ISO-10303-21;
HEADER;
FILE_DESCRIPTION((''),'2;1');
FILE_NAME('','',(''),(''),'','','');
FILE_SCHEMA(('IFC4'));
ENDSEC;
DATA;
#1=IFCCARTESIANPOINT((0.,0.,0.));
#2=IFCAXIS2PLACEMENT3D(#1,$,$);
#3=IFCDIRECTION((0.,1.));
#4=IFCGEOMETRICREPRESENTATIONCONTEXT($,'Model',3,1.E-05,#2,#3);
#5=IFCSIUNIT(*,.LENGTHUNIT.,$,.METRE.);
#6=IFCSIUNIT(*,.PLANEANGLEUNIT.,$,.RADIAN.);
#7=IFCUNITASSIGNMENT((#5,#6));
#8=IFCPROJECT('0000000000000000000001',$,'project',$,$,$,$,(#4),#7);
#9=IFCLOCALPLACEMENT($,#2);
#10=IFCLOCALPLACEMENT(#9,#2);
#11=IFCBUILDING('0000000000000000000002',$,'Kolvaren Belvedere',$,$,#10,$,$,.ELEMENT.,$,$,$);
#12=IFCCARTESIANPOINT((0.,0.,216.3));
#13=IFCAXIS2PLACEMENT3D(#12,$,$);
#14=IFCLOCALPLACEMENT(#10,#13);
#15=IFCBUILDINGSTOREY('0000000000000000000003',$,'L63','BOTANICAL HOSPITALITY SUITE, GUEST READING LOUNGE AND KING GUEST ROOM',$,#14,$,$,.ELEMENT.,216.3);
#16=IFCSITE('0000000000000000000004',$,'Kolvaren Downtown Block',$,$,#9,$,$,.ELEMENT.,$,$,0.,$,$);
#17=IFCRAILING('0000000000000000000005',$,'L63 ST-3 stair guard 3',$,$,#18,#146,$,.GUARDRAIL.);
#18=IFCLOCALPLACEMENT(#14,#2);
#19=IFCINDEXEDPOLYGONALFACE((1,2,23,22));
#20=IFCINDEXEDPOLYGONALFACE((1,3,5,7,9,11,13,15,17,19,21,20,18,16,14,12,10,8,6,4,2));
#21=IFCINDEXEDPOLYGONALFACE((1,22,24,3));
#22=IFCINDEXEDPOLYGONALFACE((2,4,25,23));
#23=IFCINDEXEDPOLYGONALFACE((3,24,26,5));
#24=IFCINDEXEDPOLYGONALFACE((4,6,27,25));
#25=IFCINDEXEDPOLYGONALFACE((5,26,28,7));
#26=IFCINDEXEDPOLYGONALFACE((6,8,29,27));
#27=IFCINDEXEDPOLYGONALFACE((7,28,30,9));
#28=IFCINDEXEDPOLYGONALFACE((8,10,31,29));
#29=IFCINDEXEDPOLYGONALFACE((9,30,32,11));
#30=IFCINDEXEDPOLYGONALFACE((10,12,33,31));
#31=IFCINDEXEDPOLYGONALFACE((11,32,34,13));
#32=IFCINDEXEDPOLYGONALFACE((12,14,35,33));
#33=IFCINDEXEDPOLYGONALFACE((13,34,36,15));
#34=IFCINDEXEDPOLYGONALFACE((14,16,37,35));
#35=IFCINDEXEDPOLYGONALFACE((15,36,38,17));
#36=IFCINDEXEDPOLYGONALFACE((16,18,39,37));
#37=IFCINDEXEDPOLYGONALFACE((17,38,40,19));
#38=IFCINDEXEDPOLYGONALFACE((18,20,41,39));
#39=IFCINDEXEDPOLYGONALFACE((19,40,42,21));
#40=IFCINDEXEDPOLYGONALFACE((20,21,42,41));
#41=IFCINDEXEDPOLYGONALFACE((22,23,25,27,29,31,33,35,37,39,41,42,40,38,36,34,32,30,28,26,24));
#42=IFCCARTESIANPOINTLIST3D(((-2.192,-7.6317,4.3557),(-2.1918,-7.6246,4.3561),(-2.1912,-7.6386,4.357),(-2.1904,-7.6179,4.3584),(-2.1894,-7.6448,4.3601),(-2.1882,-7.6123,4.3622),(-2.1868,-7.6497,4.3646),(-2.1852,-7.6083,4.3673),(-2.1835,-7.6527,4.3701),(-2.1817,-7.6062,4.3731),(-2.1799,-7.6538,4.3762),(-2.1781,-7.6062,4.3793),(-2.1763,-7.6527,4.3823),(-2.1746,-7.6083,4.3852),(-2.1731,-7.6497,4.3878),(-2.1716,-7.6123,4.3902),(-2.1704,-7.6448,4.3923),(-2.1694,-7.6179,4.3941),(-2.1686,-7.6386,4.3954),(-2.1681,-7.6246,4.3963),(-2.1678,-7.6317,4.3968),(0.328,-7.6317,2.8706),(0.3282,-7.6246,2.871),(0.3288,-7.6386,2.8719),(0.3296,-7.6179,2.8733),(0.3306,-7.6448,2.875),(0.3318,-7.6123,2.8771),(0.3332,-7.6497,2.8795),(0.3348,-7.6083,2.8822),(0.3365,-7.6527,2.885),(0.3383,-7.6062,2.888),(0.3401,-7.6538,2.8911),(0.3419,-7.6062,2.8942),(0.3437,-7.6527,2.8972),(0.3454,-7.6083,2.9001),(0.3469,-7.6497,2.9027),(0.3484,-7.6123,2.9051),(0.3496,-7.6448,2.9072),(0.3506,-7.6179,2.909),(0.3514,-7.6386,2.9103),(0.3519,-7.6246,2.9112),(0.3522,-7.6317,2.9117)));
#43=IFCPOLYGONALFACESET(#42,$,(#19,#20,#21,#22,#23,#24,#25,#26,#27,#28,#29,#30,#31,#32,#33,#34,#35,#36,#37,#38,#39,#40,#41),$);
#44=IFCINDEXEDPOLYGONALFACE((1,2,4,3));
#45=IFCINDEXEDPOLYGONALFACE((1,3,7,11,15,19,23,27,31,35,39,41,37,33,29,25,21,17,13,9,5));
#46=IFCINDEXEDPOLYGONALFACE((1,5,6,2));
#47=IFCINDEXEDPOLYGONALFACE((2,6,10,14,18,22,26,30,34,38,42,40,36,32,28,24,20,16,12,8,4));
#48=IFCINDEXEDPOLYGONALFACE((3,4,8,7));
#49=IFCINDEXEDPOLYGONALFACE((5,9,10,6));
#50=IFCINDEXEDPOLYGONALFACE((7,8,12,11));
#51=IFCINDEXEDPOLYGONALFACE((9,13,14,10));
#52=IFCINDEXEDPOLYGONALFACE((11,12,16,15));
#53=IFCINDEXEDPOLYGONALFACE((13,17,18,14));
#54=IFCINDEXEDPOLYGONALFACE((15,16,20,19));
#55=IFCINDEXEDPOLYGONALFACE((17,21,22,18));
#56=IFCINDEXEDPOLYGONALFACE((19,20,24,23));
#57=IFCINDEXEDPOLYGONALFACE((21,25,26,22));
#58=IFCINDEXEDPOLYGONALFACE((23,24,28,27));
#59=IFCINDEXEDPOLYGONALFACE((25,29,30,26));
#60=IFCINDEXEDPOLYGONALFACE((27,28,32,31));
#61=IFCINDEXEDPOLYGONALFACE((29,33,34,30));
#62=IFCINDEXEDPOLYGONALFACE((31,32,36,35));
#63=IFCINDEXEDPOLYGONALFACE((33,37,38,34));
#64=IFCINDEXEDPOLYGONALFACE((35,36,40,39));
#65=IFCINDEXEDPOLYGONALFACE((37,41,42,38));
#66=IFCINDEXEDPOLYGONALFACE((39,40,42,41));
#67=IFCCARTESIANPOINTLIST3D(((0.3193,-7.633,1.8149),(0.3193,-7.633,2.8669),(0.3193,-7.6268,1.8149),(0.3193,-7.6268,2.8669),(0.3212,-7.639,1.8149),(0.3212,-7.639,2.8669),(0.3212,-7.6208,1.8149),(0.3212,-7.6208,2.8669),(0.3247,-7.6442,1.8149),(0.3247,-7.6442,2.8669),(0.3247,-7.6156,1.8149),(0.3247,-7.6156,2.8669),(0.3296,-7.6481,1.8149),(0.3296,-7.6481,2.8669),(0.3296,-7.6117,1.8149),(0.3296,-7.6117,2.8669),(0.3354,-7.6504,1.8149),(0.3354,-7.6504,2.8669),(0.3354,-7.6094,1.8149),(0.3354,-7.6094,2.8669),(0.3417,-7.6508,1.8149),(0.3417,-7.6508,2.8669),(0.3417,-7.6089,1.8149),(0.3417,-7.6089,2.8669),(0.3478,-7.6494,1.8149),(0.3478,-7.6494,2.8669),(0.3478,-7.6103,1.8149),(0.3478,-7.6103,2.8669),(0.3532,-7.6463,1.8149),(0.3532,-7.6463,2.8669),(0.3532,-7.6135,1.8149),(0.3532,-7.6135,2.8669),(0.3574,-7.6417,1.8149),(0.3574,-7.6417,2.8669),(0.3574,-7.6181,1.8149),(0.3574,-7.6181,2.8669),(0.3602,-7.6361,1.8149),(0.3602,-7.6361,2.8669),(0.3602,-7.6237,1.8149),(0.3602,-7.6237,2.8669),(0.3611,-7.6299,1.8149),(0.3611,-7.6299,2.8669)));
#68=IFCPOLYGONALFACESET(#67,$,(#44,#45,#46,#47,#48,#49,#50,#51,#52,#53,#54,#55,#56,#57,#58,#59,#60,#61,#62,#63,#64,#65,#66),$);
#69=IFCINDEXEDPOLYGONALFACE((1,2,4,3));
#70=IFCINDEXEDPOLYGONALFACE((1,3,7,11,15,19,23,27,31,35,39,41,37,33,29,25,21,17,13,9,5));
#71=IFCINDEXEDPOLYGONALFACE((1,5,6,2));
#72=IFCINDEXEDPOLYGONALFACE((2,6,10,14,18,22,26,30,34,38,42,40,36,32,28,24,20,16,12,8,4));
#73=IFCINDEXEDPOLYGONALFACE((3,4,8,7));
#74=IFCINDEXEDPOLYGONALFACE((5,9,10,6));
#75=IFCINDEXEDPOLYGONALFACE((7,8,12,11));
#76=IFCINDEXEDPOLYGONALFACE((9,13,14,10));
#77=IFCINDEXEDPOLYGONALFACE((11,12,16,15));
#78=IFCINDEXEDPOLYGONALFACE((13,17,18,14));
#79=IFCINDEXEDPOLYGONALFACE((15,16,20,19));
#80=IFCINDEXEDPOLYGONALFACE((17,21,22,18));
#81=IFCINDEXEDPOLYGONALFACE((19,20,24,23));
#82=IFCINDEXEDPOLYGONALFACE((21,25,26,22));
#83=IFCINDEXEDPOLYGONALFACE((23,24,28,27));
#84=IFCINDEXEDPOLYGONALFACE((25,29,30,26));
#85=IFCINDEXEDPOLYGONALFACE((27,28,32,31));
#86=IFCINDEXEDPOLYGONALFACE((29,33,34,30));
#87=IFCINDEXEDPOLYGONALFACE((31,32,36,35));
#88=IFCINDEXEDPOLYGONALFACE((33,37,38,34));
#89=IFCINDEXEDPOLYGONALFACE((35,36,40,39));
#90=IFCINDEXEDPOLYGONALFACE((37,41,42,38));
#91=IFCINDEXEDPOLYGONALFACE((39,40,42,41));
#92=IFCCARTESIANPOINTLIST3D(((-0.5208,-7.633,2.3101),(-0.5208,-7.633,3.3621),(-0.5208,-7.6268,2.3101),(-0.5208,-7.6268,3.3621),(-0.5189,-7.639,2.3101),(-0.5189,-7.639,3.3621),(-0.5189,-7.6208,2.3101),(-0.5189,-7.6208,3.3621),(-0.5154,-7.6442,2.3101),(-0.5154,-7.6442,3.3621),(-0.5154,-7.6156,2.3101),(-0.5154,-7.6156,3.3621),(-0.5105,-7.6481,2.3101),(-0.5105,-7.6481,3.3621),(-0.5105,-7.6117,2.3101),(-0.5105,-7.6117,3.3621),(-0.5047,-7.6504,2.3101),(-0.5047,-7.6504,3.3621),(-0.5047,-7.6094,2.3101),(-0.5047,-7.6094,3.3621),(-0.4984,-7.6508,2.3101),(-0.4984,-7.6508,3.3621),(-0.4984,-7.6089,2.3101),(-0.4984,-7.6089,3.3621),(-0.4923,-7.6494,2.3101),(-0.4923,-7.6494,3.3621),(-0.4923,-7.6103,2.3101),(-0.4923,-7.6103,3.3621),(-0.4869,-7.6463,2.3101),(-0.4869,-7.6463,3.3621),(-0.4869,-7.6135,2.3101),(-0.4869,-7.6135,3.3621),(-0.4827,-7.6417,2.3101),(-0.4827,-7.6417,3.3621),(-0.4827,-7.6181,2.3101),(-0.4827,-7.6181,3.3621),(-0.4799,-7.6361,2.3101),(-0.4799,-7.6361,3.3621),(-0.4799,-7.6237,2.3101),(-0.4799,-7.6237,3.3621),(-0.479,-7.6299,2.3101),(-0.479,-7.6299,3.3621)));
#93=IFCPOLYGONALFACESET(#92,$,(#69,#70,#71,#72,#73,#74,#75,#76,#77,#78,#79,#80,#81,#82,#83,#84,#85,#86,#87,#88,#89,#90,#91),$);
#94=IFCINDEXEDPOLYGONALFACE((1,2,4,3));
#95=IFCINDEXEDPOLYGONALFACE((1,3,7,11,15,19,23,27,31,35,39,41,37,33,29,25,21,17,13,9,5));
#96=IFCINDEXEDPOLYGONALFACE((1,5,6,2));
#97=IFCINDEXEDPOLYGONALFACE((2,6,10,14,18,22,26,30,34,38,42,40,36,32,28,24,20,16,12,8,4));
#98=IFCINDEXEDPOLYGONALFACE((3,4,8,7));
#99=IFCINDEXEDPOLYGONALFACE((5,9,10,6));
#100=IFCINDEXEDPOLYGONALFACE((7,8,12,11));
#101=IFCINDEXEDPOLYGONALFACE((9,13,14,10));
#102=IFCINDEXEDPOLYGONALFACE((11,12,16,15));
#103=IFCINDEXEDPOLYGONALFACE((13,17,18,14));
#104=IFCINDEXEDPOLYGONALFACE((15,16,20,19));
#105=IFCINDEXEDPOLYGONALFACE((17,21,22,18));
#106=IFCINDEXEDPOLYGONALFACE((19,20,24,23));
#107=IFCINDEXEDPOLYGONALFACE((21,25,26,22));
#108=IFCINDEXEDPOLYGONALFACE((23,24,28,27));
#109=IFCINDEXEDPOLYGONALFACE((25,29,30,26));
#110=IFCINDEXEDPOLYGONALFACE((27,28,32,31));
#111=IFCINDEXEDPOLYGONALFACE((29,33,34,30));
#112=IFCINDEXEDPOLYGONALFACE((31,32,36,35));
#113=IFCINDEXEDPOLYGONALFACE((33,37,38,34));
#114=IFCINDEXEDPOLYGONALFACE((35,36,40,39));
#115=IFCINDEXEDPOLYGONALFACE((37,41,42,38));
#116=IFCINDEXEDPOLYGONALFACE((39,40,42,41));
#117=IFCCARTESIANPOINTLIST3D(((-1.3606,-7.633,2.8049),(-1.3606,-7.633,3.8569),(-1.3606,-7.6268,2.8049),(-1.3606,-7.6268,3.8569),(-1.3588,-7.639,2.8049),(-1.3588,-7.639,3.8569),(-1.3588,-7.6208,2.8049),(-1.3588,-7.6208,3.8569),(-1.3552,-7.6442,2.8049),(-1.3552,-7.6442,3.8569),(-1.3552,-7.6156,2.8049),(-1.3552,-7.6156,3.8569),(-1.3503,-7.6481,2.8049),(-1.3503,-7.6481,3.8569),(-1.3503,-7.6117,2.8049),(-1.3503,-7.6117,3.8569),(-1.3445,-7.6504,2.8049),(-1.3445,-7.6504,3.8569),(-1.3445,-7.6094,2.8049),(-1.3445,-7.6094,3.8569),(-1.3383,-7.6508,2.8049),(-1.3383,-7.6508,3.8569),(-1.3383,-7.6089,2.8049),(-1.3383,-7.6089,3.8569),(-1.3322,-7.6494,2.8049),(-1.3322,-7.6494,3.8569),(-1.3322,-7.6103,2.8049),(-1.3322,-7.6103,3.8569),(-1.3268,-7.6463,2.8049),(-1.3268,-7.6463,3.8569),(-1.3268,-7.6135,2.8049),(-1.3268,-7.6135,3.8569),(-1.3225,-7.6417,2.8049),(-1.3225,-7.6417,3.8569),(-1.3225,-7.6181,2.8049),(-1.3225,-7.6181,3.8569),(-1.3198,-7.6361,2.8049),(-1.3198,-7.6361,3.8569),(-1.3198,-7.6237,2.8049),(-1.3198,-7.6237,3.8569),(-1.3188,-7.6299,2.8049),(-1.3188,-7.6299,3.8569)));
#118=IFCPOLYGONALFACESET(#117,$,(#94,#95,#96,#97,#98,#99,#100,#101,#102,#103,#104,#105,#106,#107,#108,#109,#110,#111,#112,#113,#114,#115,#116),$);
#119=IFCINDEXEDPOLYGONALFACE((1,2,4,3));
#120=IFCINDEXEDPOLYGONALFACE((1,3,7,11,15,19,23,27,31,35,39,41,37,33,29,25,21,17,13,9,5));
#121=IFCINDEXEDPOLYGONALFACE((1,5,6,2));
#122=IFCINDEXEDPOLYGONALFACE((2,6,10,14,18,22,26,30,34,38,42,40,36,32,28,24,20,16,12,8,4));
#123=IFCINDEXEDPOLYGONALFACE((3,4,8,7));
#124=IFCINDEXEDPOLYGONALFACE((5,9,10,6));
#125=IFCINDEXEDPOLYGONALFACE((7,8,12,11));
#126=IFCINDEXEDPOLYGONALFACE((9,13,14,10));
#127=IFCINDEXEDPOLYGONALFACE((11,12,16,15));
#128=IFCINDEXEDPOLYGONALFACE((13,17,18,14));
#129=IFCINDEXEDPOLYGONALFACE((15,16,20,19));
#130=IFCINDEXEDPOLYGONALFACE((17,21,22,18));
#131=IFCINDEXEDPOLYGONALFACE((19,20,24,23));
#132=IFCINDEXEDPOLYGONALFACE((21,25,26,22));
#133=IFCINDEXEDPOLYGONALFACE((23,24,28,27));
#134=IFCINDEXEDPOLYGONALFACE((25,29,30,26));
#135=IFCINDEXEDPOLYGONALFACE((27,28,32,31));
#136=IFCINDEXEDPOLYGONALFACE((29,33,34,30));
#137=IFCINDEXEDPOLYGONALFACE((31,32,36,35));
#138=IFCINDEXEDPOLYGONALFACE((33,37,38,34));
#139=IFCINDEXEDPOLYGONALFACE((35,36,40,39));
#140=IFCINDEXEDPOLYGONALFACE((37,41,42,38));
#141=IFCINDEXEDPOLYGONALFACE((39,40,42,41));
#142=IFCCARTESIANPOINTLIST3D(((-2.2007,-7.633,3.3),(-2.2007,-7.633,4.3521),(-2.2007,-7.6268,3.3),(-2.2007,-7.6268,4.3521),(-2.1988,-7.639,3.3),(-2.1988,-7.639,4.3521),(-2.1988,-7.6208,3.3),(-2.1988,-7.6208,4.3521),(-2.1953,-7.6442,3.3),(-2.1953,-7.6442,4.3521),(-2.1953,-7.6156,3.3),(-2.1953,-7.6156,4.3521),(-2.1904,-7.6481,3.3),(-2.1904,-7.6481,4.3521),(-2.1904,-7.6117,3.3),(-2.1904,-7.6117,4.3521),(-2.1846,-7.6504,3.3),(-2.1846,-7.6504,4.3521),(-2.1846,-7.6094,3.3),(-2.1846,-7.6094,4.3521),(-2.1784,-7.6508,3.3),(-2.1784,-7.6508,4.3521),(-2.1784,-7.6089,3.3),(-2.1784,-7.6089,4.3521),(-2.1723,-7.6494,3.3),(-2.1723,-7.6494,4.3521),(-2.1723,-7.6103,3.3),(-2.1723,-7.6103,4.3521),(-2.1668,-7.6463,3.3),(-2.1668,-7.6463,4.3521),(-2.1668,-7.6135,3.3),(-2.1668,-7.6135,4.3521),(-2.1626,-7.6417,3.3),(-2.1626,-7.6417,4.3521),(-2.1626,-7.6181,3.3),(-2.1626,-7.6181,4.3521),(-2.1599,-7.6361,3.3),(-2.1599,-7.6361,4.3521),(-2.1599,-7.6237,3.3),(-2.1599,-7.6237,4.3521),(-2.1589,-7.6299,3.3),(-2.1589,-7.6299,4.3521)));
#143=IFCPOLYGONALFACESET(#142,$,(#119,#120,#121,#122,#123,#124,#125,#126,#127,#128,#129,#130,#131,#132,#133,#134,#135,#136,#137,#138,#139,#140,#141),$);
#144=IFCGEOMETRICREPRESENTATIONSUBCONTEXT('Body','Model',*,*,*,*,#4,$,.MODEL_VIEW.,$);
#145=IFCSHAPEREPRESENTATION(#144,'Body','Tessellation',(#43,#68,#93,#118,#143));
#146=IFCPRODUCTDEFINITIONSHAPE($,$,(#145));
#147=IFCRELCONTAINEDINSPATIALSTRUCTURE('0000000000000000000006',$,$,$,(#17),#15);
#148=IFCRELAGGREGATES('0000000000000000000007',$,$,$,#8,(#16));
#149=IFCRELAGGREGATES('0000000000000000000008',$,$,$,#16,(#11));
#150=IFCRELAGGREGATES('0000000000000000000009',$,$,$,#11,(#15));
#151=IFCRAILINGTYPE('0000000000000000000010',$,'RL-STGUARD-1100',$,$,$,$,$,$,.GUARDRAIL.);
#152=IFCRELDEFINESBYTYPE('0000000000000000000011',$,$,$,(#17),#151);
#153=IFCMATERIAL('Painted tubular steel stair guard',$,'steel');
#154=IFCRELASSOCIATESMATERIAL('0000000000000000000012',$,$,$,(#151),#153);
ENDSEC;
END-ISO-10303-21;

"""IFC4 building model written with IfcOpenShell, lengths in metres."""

from ifc_helpers import new_model, si_unit, direction, frame, origin, origin_2d, place, context, subcontext, project, spatial, circle, extrude, material, type_object, element, save


model = new_model("IFC4")

# Units and contexts
model_context = context("Model", 3, precision=1e-05, world=origin(), true_north=direction((0.0, 1.0)))
body_context = subcontext(model_context, "Body", "Model", "MODEL_VIEW")
ifc_project = project(units=[si_unit("LENGTHUNIT", "METRE"), si_unit("PLANEANGLEUNIT", "RADIAN")], contexts=[model_context])

# Site, building, storey
site_placement = place(None, origin())
site = spatial("IfcSite", under=ifc_project, at=site_placement, Name="Kolvaren Downtown Block", CompositionType="ELEMENT", RefElevation=0.0)
building_placement = place(site_placement, origin())
building = spatial("IfcBuilding", under=site, at=building_placement, Name="Kolvaren Belvedere", CompositionType="ELEMENT")
storey_placement = place(building_placement, frame((0.0, 0.0, 216.3)))
storey = spatial("IfcBuildingStorey", under=building, at=storey_placement, Name="L63", Description="BOTANICAL HOSPITALITY SUITE, GUEST READING LOUNGE AND KING GUEST ROOM", CompositionType="ELEMENT", Elevation=216.3)

# Railing
ifc_material_1 = material(Name="Painted tubular steel stair guard", Category="steel")
railing_type_1 = type_object("IfcRailingType", Name="RL-STGUARD-1100", PredefinedType="GUARDRAIL", material=ifc_material_1)
railing_1_placement = place(storey_placement, frame((0.3401, -7.6299, 1.8149)))
element("IfcRailing", 1, at=railing_1_placement, inside=storey, type_object=railing_type_1, Name="L63 ST-3 stair guard 3", PredefinedType="GUARDRAIL", context=body_context, shape_type="SweptSolid", body=[
    extrude(circle(Radius=0.0239, at=origin_2d()), frame((0.0, 0.0, 1.0762), z_axis=(-0.861524, 0.0, 0.507717), x_axis=(0.0, -1.0, 0.0)), (0.0, 0.0, 1.0), 2.925),
    extrude(circle(Radius=0.021, at=origin_2d()), origin(), (0.0, 0.0, 1.0), 1.052),
    extrude(circle(Radius=0.021, at=origin_2d()), frame((-0.8401, 0.0, 0.4951)), (0.0, 0.0, 1.0), 1.052),
    extrude(circle(Radius=0.021, at=origin_2d()), frame((-1.6799, 0.0, 0.99)), (0.0, 0.0, 1.0), 1.052),
    extrude(circle(Radius=0.021, at=origin_2d()), frame((-2.52, 0.0, 1.4851)), (0.0, 0.0, 1.0), 1.052),
])

save(model, "model.ifc")
